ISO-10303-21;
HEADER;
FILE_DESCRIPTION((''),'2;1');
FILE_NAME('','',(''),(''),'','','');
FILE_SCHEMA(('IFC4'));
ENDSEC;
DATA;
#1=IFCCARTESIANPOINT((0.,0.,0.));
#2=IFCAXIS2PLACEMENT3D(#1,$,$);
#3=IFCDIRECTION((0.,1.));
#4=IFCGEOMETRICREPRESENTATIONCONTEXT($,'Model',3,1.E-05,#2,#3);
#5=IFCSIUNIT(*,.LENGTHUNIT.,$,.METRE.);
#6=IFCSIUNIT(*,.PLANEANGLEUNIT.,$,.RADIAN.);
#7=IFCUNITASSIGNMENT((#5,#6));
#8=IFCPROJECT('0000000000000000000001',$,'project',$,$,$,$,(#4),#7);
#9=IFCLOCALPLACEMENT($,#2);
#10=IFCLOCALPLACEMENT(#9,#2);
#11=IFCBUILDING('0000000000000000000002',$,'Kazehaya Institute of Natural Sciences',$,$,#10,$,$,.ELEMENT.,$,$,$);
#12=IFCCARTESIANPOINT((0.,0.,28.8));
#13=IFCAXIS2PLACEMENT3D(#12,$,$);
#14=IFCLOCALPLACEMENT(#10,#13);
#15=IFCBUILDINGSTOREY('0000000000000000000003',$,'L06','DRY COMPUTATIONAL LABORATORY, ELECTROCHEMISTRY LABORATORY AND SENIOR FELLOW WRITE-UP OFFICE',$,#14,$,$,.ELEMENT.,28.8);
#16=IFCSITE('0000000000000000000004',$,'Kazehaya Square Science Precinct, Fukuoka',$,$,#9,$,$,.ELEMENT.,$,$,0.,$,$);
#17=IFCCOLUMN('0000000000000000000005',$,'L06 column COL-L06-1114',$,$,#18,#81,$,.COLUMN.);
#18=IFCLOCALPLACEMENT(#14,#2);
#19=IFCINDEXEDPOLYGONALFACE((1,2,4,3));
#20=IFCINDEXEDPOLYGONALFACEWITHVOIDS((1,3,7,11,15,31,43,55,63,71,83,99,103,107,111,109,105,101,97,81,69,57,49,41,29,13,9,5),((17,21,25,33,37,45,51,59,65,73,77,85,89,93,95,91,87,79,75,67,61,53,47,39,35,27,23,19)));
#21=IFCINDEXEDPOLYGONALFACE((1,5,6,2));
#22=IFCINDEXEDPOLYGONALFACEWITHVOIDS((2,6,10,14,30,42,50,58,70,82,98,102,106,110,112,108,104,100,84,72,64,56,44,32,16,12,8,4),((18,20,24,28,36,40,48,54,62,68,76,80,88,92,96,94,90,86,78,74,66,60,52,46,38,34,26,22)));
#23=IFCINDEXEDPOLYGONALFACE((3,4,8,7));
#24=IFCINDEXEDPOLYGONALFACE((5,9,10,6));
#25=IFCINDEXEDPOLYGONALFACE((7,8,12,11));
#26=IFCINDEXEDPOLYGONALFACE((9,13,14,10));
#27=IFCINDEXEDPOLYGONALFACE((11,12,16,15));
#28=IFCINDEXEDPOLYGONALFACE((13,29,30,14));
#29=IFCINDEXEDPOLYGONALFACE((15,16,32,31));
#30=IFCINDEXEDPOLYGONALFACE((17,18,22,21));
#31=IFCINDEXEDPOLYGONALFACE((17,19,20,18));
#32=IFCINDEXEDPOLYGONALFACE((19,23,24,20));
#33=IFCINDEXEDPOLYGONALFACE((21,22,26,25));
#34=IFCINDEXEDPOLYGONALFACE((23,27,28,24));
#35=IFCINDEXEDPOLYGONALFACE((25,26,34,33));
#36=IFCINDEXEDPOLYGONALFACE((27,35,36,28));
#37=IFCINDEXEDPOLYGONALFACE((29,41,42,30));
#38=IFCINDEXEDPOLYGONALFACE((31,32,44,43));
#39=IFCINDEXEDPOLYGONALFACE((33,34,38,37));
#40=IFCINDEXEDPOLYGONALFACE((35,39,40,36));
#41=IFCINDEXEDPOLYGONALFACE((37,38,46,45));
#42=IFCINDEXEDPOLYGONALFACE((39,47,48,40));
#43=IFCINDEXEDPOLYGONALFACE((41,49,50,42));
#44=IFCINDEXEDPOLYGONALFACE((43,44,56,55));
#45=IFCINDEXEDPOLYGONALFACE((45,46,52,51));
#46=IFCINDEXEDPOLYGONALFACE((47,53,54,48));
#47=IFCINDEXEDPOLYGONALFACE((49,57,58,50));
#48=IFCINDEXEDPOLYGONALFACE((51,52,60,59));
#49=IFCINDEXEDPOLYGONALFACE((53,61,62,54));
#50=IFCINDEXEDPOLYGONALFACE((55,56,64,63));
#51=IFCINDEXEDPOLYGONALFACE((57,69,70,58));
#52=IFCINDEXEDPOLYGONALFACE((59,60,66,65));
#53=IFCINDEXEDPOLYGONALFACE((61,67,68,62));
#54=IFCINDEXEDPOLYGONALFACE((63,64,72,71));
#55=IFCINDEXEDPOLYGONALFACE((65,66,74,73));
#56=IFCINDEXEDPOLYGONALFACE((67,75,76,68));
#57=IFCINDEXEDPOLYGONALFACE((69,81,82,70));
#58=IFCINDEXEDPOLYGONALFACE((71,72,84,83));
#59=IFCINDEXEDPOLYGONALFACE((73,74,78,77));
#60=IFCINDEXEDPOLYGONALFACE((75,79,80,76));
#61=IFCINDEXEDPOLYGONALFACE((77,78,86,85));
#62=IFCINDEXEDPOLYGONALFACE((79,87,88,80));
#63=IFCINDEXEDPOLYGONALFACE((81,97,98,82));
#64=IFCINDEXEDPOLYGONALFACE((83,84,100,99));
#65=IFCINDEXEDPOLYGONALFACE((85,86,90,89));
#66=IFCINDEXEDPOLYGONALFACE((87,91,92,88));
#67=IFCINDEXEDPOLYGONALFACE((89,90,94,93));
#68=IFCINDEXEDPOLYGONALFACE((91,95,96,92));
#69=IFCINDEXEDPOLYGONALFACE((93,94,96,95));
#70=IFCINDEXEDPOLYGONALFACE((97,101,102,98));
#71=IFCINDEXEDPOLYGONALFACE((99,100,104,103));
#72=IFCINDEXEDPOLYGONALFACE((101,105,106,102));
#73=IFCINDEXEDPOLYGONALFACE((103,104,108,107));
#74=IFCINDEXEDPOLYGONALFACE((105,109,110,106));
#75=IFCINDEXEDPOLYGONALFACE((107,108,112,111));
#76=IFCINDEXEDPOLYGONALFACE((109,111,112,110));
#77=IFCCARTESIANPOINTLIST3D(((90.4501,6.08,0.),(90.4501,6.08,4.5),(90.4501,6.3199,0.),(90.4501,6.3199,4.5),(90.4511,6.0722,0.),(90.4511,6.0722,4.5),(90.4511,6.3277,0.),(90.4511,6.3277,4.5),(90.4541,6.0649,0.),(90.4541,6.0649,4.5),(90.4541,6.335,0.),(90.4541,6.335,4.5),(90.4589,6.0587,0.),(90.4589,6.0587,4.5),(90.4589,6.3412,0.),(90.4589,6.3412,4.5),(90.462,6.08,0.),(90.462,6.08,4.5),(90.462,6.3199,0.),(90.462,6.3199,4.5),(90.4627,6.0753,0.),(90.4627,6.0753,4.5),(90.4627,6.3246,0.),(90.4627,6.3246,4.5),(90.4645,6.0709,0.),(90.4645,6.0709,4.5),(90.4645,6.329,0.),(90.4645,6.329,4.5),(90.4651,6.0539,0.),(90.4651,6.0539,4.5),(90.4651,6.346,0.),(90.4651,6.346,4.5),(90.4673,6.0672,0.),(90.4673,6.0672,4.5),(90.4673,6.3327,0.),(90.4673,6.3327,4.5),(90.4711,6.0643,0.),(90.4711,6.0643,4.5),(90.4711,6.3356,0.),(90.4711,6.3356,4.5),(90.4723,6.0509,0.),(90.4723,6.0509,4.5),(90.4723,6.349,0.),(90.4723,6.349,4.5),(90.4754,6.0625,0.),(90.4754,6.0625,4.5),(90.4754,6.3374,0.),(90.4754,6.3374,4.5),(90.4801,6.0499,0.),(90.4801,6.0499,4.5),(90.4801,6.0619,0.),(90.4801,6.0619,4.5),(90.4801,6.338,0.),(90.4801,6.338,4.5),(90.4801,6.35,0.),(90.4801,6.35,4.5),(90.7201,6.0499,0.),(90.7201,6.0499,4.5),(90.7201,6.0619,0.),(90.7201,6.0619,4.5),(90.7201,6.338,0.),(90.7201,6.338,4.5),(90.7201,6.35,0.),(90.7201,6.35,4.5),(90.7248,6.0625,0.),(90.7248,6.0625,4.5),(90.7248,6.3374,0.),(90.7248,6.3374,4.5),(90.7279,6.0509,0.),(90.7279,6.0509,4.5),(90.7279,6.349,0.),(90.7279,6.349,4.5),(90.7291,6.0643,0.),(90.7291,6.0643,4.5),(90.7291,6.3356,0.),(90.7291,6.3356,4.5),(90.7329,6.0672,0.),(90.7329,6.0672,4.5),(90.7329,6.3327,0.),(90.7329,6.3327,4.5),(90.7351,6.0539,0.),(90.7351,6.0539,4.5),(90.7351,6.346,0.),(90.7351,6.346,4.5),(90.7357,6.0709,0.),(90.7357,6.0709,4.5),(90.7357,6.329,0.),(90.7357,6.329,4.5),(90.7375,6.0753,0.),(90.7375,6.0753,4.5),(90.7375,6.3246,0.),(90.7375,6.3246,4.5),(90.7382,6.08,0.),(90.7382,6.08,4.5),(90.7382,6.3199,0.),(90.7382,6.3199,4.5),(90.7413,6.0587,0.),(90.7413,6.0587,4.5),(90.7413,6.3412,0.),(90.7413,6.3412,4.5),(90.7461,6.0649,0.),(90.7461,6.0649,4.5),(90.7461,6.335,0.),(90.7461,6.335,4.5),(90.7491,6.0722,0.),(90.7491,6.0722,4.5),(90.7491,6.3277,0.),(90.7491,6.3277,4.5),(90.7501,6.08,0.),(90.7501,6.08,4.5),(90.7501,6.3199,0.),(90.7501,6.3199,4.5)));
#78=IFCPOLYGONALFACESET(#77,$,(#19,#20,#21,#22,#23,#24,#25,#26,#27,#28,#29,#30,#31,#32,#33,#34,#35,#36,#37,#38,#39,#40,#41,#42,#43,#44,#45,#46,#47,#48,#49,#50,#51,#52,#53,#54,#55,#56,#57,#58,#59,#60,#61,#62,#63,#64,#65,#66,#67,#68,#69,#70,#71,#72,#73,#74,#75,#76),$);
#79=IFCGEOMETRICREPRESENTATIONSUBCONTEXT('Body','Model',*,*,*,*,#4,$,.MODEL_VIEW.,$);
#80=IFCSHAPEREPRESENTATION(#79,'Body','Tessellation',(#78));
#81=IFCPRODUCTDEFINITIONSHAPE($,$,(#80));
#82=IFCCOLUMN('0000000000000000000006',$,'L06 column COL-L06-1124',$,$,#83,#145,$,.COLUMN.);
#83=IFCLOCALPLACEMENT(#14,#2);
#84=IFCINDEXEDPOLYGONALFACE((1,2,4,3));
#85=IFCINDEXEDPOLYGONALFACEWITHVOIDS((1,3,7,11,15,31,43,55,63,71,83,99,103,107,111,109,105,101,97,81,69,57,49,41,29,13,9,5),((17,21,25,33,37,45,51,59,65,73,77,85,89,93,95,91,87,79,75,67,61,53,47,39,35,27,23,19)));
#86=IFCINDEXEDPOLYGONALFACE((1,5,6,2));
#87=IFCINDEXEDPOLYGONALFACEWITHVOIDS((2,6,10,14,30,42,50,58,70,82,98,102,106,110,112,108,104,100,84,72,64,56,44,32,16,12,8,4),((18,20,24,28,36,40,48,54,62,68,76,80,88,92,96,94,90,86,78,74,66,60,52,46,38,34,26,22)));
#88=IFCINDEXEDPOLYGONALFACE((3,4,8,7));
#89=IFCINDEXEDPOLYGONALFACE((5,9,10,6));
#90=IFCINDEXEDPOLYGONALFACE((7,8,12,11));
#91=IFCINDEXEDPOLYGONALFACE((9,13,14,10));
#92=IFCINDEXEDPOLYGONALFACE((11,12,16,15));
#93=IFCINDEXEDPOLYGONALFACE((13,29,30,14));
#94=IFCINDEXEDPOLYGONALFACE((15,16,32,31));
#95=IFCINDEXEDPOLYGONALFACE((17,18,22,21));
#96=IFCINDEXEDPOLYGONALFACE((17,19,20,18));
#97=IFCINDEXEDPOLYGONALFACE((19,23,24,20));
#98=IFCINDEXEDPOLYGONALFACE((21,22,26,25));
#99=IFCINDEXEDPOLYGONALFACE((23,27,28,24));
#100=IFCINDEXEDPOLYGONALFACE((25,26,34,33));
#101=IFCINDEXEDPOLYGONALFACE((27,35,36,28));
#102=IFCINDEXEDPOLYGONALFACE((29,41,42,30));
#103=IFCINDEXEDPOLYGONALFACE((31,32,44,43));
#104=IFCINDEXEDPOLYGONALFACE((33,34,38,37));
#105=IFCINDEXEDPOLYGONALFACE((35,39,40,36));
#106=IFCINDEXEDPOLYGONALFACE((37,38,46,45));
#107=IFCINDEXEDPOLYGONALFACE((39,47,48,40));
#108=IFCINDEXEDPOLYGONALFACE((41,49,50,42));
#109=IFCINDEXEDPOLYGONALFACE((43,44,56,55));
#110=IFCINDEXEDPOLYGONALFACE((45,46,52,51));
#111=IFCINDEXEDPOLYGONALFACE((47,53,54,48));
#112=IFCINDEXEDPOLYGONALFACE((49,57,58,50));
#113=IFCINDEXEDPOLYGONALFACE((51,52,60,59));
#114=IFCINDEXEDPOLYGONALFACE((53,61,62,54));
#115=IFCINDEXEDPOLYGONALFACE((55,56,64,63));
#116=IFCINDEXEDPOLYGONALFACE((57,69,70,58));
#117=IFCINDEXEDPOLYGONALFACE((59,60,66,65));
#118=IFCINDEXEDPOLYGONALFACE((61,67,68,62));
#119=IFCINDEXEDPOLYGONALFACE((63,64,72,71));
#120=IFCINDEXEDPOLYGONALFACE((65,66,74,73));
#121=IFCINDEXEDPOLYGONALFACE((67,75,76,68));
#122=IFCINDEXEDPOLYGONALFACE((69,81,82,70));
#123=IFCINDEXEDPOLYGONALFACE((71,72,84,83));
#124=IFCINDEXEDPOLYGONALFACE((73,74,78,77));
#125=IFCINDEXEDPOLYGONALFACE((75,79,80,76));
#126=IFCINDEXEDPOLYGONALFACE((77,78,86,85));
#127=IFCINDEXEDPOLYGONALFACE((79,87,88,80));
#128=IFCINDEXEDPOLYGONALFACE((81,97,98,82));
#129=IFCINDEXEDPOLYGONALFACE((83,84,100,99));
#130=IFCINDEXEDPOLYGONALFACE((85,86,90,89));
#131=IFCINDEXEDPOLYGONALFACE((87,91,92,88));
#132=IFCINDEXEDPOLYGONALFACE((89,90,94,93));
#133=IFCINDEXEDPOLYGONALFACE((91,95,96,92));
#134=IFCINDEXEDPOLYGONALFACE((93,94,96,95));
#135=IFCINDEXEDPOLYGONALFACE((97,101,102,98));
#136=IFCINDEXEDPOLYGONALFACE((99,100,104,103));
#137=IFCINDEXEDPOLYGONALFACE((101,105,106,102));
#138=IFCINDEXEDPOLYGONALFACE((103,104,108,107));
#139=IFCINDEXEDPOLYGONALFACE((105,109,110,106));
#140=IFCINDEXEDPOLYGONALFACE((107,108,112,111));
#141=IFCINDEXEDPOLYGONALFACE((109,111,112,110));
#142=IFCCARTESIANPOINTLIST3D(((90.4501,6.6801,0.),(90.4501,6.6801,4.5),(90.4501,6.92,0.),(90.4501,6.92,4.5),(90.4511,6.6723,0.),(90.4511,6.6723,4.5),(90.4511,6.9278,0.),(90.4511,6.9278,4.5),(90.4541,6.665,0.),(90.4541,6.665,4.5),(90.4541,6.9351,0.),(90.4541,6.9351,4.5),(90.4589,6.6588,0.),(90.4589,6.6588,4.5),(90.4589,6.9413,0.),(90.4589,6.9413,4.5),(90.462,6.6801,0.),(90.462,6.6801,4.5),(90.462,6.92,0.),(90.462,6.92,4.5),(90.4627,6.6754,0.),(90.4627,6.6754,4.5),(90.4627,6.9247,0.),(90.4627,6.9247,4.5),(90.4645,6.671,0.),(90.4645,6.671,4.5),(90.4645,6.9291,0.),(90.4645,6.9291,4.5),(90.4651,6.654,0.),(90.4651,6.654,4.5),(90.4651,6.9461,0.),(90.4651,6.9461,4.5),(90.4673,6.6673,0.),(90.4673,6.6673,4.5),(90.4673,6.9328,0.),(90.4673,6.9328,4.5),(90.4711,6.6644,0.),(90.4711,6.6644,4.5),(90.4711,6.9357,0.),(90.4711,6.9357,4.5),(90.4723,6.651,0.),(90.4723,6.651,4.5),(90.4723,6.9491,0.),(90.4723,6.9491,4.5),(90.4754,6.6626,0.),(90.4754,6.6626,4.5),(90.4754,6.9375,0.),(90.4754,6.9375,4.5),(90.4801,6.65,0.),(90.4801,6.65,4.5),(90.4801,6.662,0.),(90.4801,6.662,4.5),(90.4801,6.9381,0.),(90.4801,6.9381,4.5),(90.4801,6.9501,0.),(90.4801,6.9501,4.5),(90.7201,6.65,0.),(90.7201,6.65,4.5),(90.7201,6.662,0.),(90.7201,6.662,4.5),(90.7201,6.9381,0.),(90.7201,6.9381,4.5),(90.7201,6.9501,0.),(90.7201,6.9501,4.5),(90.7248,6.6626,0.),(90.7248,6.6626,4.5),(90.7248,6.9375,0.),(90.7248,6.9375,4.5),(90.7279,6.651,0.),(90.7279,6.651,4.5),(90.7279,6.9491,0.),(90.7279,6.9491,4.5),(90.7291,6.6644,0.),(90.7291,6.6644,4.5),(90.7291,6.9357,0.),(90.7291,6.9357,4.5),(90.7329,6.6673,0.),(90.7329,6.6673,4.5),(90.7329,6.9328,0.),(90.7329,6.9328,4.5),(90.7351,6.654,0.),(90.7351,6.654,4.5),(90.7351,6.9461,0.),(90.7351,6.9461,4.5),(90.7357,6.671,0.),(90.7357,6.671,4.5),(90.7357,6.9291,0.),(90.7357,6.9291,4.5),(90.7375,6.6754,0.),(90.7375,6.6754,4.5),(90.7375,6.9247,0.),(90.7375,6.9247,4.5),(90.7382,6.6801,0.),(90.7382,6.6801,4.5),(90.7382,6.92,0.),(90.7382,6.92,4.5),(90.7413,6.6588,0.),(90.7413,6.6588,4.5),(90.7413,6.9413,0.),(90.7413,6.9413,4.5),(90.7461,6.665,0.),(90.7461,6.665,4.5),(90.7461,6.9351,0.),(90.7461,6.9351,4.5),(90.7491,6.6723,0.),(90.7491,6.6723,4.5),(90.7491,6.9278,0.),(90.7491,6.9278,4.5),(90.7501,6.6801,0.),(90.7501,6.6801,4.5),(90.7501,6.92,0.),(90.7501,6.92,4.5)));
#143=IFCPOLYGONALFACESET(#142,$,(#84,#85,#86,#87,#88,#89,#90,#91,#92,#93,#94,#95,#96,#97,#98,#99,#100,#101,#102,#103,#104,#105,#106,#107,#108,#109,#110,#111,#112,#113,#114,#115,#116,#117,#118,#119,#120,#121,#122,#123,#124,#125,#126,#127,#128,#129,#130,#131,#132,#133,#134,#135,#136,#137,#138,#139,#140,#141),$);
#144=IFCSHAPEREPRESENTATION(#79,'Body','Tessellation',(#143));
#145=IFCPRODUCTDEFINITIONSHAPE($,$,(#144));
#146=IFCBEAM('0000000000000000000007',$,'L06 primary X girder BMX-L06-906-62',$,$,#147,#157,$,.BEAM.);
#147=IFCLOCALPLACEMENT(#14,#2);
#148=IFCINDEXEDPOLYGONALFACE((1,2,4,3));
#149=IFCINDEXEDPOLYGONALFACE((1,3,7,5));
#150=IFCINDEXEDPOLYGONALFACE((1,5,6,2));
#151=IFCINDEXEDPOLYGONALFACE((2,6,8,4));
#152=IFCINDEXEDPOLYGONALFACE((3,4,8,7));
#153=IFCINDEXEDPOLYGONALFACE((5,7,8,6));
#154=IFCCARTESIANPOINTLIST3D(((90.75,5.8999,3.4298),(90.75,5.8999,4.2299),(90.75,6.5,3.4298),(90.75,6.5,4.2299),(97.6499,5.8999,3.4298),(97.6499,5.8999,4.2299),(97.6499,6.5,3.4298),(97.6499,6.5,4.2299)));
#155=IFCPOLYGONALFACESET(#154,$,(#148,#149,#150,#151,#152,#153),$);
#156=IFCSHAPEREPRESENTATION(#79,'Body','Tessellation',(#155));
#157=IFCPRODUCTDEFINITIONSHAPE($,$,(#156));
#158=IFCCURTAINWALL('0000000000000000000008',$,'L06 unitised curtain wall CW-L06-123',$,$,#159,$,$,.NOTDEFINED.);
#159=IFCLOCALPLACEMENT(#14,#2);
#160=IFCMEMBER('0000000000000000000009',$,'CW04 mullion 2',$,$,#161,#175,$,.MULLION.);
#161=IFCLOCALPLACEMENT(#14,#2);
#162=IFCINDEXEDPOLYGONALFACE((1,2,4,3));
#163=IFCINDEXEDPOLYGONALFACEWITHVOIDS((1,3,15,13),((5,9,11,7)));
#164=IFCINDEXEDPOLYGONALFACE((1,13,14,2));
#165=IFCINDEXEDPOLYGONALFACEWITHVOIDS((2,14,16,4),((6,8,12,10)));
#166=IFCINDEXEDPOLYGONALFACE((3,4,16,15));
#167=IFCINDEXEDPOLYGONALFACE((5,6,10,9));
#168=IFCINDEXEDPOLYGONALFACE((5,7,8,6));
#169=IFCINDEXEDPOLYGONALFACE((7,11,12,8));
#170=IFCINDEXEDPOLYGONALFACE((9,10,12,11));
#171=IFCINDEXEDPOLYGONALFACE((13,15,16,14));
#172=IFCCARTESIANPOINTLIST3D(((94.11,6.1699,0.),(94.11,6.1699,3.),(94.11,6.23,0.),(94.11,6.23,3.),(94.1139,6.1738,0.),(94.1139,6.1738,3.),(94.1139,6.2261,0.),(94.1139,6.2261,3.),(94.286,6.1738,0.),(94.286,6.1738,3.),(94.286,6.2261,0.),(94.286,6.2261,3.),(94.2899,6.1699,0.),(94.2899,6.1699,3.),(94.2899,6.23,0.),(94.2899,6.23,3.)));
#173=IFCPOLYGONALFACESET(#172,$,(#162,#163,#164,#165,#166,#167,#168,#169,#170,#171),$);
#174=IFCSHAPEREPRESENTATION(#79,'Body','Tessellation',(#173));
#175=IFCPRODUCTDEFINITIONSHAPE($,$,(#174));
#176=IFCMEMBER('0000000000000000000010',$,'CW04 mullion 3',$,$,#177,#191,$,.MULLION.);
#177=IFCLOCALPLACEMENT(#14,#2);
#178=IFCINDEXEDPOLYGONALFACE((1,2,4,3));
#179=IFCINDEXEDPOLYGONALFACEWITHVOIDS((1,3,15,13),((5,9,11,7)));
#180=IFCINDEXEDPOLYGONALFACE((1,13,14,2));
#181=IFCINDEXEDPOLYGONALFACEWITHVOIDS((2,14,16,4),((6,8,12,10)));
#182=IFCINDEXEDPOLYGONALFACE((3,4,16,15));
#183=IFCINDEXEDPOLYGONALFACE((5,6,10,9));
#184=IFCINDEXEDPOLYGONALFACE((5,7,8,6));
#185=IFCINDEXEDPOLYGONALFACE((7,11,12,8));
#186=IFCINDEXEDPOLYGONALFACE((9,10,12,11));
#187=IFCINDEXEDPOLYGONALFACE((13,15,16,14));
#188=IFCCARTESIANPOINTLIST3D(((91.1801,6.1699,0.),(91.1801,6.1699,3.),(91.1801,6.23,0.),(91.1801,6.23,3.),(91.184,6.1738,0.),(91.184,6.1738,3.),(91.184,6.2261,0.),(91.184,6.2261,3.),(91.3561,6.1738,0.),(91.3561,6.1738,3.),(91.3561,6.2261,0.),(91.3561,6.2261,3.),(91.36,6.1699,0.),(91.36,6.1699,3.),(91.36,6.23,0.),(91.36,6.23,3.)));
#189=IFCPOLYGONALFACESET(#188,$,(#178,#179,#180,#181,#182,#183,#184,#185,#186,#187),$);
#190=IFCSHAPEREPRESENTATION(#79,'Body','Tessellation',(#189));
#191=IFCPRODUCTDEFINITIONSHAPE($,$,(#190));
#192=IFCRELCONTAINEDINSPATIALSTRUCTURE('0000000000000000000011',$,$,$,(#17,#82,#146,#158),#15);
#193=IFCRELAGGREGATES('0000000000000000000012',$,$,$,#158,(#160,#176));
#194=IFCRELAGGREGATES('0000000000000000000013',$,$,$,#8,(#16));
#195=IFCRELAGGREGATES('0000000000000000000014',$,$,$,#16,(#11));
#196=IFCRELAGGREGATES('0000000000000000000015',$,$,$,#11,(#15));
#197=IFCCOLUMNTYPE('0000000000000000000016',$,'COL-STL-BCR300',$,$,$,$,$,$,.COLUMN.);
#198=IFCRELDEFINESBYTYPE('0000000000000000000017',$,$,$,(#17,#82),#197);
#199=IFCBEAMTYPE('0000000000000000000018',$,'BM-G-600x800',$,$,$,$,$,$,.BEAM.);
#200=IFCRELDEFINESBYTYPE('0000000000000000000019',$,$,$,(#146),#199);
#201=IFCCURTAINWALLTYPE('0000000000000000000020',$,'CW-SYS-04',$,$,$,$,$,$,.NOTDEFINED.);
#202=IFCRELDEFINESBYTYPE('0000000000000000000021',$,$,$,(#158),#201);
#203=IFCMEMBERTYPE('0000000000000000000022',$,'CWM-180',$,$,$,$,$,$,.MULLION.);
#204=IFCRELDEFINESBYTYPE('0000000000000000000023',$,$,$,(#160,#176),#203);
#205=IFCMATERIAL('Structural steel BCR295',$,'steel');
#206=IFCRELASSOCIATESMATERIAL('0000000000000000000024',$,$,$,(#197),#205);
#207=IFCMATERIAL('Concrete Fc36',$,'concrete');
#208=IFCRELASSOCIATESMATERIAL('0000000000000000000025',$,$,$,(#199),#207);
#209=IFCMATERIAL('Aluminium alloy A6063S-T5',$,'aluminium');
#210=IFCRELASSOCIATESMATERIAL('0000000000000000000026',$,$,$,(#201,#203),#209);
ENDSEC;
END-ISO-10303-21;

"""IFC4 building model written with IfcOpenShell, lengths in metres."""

from ifc_helpers import new_model, si_unit, direction, frame, origin, origin_2d, place, context, subcontext, project, spatial, rectangle, hollow_rectangle, extrude, material, material_profile, profile_set, type_object, element, aggregate, save


model = new_model("IFC4")

# Units and contexts
model_context = context("Model", 3, precision=1e-05, world=origin(), true_north=direction((0.0, 1.0)))
body_context = subcontext(model_context, "Body", "Model", "MODEL_VIEW")
ifc_project = project(units=[si_unit("LENGTHUNIT", "METRE"), si_unit("PLANEANGLEUNIT", "RADIAN")], contexts=[model_context])

# Site, building, storey
site_placement = place(None, origin())
site = spatial("IfcSite", under=ifc_project, at=site_placement, Name="Kazehaya Square Science Precinct, Fukuoka", CompositionType="ELEMENT", RefElevation=0.0)
building_placement = place(site_placement, origin())
building = spatial("IfcBuilding", under=site, at=building_placement, Name="Kazehaya Institute of Natural Sciences", CompositionType="ELEMENT")
storey_placement = place(building_placement, frame((0.0, 0.0, 28.8)))
storey = spatial("IfcBuildingStorey", under=building, at=storey_placement, Name="L06", Description="DRY COMPUTATIONAL LABORATORY, ELECTROCHEMISTRY LABORATORY AND SENIOR FELLOW WRITE-UP OFFICE", CompositionType="ELEMENT", Elevation=28.8)

# Columns
ifc_material_1 = material(Name="Structural steel BCR295", Category="steel")
ifc_material_profile_1 = material_profile(ifc_material_1, hollow_rectangle(XDim=0.3, YDim=0.3, WallThickness=0.012, InnerFilletRadius=0.0181, OuterFilletRadius=0.03, at=origin_2d()), Name="BCR-300x300x12")
ifc_profile_set_1 = profile_set([ifc_material_profile_1], Name="Structural steel BCR295")
column_type = type_object("IfcColumnType", Name="COL-STL-BCR300", PredefinedType="COLUMN", material=ifc_profile_set_1)
for number, where, z_axis, x_axis, name in (
    (1, (90.6001, 6.2, 0.0), (0.0, 0.0, 1.0), (1.0, 0.0, 0.0), "L06 column COL-L06-1114"),
    (2, (90.6001, 6.8, 0.0), (0.0, 0.0, 1.0), (1.0, 0.0, 0.0), "L06 column COL-L06-1124"),
):
    element("IfcColumn", number, at=place(storey_placement, frame(where, z_axis=z_axis, x_axis=x_axis)), inside=storey, type_object=column_type, Name=name, PredefinedType="COLUMN", context=body_context, shape_type="SweptSolid", body=[
        extrude(hollow_rectangle(XDim=0.3, YDim=0.3, WallThickness=0.012, InnerFilletRadius=0.0181, OuterFilletRadius=0.03, at=origin_2d()), origin(), (0.0, 0.0, 1.0), 4.5),
    ])

# Beam
ifc_material_2 = material(Name="Concrete Fc36", Category="concrete")
ifc_material_profile_2 = material_profile(ifc_material_2, rectangle(XDim=0.6001, YDim=0.8, at=origin_2d()), Name="RC-600x800")
ifc_profile_set_2 = profile_set([ifc_material_profile_2], Name="Concrete Fc36")
beam_type = type_object("IfcBeamType", Name="BM-G-600x800", PredefinedType="BEAM", material=ifc_profile_set_2)
beam_placement = place(storey_placement, frame((90.75, 6.2, 3.8298), z_axis=(1.0, 0.0, 0.0), x_axis=(0.0, 1.0, 0.0)))
element("IfcBeam", 3, at=beam_placement, inside=storey, type_object=beam_type, Name="L06 primary X girder BMX-L06-906-62", PredefinedType="BEAM", context=body_context, shape_type="SweptSolid", body=[
    extrude(rectangle(XDim=0.6001, YDim=0.8, at=origin_2d()), origin(), (0.0, 0.0, 1.0), 6.8999),
])

# Curtain wall, members
ifc_material_3 = material(Name="Aluminium alloy A6063S-T5", Category="aluminium")
curtain_wall_type = type_object("IfcCurtainWallType", Name="CW-SYS-04", PredefinedType="NOTDEFINED", material=ifc_material_3)
curtain_wall_1_placement = place(storey_placement, origin())
curtain_wall_1 = element("IfcCurtainWall", 4, at=curtain_wall_1_placement, inside=storey, type_object=curtain_wall_type, Name="L06 unitised curtain wall CW-L06-123", PredefinedType="NOTDEFINED")
ifc_material_profile_3 = material_profile(ifc_material_3, hollow_rectangle(XDim=0.0601, YDim=0.1799, WallThickness=0.0039, at=origin_2d()), Name="ALU-60x180x4")
ifc_profile_set_3 = profile_set([ifc_material_profile_3], Name="Aluminium alloy A6063S-T5")
member_type_1 = type_object("IfcMemberType", Name="CWM-180", PredefinedType="MULLION", material=ifc_profile_set_3)
member_1_placement = place(storey_placement, frame((94.2, 6.2, 0.0), z_axis=(0.0, 0.0, 1.0), x_axis=(0.0, -1.0, 0.0)))
member_1 = element("IfcMember", 5, at=member_1_placement, type_object=member_type_1, Name="CW04 mullion 2", PredefinedType="MULLION", context=body_context, shape_type="SweptSolid", body=[
    extrude(hollow_rectangle(XDim=0.0601, YDim=0.1799, WallThickness=0.0039, at=origin_2d()), origin(), (0.0, 0.0, 1.0), 3.0),
])
member_2_placement = place(storey_placement, frame((91.27, 6.2, 0.0), z_axis=(0.0, 0.0, 1.0), x_axis=(0.0, -1.0, 0.0)))
member_2 = element("IfcMember", 6, at=member_2_placement, type_object=member_type_1, Name="CW04 mullion 3", PredefinedType="MULLION", context=body_context, shape_type="SweptSolid", body=[
    extrude(hollow_rectangle(XDim=0.0601, YDim=0.1799, WallThickness=0.0039, at=origin_2d()), origin(), (0.0, 0.0, 1.0), 3.0),
])

aggregate(curtain_wall_1, [member_1, member_2])

save(model, "model.ifc")
